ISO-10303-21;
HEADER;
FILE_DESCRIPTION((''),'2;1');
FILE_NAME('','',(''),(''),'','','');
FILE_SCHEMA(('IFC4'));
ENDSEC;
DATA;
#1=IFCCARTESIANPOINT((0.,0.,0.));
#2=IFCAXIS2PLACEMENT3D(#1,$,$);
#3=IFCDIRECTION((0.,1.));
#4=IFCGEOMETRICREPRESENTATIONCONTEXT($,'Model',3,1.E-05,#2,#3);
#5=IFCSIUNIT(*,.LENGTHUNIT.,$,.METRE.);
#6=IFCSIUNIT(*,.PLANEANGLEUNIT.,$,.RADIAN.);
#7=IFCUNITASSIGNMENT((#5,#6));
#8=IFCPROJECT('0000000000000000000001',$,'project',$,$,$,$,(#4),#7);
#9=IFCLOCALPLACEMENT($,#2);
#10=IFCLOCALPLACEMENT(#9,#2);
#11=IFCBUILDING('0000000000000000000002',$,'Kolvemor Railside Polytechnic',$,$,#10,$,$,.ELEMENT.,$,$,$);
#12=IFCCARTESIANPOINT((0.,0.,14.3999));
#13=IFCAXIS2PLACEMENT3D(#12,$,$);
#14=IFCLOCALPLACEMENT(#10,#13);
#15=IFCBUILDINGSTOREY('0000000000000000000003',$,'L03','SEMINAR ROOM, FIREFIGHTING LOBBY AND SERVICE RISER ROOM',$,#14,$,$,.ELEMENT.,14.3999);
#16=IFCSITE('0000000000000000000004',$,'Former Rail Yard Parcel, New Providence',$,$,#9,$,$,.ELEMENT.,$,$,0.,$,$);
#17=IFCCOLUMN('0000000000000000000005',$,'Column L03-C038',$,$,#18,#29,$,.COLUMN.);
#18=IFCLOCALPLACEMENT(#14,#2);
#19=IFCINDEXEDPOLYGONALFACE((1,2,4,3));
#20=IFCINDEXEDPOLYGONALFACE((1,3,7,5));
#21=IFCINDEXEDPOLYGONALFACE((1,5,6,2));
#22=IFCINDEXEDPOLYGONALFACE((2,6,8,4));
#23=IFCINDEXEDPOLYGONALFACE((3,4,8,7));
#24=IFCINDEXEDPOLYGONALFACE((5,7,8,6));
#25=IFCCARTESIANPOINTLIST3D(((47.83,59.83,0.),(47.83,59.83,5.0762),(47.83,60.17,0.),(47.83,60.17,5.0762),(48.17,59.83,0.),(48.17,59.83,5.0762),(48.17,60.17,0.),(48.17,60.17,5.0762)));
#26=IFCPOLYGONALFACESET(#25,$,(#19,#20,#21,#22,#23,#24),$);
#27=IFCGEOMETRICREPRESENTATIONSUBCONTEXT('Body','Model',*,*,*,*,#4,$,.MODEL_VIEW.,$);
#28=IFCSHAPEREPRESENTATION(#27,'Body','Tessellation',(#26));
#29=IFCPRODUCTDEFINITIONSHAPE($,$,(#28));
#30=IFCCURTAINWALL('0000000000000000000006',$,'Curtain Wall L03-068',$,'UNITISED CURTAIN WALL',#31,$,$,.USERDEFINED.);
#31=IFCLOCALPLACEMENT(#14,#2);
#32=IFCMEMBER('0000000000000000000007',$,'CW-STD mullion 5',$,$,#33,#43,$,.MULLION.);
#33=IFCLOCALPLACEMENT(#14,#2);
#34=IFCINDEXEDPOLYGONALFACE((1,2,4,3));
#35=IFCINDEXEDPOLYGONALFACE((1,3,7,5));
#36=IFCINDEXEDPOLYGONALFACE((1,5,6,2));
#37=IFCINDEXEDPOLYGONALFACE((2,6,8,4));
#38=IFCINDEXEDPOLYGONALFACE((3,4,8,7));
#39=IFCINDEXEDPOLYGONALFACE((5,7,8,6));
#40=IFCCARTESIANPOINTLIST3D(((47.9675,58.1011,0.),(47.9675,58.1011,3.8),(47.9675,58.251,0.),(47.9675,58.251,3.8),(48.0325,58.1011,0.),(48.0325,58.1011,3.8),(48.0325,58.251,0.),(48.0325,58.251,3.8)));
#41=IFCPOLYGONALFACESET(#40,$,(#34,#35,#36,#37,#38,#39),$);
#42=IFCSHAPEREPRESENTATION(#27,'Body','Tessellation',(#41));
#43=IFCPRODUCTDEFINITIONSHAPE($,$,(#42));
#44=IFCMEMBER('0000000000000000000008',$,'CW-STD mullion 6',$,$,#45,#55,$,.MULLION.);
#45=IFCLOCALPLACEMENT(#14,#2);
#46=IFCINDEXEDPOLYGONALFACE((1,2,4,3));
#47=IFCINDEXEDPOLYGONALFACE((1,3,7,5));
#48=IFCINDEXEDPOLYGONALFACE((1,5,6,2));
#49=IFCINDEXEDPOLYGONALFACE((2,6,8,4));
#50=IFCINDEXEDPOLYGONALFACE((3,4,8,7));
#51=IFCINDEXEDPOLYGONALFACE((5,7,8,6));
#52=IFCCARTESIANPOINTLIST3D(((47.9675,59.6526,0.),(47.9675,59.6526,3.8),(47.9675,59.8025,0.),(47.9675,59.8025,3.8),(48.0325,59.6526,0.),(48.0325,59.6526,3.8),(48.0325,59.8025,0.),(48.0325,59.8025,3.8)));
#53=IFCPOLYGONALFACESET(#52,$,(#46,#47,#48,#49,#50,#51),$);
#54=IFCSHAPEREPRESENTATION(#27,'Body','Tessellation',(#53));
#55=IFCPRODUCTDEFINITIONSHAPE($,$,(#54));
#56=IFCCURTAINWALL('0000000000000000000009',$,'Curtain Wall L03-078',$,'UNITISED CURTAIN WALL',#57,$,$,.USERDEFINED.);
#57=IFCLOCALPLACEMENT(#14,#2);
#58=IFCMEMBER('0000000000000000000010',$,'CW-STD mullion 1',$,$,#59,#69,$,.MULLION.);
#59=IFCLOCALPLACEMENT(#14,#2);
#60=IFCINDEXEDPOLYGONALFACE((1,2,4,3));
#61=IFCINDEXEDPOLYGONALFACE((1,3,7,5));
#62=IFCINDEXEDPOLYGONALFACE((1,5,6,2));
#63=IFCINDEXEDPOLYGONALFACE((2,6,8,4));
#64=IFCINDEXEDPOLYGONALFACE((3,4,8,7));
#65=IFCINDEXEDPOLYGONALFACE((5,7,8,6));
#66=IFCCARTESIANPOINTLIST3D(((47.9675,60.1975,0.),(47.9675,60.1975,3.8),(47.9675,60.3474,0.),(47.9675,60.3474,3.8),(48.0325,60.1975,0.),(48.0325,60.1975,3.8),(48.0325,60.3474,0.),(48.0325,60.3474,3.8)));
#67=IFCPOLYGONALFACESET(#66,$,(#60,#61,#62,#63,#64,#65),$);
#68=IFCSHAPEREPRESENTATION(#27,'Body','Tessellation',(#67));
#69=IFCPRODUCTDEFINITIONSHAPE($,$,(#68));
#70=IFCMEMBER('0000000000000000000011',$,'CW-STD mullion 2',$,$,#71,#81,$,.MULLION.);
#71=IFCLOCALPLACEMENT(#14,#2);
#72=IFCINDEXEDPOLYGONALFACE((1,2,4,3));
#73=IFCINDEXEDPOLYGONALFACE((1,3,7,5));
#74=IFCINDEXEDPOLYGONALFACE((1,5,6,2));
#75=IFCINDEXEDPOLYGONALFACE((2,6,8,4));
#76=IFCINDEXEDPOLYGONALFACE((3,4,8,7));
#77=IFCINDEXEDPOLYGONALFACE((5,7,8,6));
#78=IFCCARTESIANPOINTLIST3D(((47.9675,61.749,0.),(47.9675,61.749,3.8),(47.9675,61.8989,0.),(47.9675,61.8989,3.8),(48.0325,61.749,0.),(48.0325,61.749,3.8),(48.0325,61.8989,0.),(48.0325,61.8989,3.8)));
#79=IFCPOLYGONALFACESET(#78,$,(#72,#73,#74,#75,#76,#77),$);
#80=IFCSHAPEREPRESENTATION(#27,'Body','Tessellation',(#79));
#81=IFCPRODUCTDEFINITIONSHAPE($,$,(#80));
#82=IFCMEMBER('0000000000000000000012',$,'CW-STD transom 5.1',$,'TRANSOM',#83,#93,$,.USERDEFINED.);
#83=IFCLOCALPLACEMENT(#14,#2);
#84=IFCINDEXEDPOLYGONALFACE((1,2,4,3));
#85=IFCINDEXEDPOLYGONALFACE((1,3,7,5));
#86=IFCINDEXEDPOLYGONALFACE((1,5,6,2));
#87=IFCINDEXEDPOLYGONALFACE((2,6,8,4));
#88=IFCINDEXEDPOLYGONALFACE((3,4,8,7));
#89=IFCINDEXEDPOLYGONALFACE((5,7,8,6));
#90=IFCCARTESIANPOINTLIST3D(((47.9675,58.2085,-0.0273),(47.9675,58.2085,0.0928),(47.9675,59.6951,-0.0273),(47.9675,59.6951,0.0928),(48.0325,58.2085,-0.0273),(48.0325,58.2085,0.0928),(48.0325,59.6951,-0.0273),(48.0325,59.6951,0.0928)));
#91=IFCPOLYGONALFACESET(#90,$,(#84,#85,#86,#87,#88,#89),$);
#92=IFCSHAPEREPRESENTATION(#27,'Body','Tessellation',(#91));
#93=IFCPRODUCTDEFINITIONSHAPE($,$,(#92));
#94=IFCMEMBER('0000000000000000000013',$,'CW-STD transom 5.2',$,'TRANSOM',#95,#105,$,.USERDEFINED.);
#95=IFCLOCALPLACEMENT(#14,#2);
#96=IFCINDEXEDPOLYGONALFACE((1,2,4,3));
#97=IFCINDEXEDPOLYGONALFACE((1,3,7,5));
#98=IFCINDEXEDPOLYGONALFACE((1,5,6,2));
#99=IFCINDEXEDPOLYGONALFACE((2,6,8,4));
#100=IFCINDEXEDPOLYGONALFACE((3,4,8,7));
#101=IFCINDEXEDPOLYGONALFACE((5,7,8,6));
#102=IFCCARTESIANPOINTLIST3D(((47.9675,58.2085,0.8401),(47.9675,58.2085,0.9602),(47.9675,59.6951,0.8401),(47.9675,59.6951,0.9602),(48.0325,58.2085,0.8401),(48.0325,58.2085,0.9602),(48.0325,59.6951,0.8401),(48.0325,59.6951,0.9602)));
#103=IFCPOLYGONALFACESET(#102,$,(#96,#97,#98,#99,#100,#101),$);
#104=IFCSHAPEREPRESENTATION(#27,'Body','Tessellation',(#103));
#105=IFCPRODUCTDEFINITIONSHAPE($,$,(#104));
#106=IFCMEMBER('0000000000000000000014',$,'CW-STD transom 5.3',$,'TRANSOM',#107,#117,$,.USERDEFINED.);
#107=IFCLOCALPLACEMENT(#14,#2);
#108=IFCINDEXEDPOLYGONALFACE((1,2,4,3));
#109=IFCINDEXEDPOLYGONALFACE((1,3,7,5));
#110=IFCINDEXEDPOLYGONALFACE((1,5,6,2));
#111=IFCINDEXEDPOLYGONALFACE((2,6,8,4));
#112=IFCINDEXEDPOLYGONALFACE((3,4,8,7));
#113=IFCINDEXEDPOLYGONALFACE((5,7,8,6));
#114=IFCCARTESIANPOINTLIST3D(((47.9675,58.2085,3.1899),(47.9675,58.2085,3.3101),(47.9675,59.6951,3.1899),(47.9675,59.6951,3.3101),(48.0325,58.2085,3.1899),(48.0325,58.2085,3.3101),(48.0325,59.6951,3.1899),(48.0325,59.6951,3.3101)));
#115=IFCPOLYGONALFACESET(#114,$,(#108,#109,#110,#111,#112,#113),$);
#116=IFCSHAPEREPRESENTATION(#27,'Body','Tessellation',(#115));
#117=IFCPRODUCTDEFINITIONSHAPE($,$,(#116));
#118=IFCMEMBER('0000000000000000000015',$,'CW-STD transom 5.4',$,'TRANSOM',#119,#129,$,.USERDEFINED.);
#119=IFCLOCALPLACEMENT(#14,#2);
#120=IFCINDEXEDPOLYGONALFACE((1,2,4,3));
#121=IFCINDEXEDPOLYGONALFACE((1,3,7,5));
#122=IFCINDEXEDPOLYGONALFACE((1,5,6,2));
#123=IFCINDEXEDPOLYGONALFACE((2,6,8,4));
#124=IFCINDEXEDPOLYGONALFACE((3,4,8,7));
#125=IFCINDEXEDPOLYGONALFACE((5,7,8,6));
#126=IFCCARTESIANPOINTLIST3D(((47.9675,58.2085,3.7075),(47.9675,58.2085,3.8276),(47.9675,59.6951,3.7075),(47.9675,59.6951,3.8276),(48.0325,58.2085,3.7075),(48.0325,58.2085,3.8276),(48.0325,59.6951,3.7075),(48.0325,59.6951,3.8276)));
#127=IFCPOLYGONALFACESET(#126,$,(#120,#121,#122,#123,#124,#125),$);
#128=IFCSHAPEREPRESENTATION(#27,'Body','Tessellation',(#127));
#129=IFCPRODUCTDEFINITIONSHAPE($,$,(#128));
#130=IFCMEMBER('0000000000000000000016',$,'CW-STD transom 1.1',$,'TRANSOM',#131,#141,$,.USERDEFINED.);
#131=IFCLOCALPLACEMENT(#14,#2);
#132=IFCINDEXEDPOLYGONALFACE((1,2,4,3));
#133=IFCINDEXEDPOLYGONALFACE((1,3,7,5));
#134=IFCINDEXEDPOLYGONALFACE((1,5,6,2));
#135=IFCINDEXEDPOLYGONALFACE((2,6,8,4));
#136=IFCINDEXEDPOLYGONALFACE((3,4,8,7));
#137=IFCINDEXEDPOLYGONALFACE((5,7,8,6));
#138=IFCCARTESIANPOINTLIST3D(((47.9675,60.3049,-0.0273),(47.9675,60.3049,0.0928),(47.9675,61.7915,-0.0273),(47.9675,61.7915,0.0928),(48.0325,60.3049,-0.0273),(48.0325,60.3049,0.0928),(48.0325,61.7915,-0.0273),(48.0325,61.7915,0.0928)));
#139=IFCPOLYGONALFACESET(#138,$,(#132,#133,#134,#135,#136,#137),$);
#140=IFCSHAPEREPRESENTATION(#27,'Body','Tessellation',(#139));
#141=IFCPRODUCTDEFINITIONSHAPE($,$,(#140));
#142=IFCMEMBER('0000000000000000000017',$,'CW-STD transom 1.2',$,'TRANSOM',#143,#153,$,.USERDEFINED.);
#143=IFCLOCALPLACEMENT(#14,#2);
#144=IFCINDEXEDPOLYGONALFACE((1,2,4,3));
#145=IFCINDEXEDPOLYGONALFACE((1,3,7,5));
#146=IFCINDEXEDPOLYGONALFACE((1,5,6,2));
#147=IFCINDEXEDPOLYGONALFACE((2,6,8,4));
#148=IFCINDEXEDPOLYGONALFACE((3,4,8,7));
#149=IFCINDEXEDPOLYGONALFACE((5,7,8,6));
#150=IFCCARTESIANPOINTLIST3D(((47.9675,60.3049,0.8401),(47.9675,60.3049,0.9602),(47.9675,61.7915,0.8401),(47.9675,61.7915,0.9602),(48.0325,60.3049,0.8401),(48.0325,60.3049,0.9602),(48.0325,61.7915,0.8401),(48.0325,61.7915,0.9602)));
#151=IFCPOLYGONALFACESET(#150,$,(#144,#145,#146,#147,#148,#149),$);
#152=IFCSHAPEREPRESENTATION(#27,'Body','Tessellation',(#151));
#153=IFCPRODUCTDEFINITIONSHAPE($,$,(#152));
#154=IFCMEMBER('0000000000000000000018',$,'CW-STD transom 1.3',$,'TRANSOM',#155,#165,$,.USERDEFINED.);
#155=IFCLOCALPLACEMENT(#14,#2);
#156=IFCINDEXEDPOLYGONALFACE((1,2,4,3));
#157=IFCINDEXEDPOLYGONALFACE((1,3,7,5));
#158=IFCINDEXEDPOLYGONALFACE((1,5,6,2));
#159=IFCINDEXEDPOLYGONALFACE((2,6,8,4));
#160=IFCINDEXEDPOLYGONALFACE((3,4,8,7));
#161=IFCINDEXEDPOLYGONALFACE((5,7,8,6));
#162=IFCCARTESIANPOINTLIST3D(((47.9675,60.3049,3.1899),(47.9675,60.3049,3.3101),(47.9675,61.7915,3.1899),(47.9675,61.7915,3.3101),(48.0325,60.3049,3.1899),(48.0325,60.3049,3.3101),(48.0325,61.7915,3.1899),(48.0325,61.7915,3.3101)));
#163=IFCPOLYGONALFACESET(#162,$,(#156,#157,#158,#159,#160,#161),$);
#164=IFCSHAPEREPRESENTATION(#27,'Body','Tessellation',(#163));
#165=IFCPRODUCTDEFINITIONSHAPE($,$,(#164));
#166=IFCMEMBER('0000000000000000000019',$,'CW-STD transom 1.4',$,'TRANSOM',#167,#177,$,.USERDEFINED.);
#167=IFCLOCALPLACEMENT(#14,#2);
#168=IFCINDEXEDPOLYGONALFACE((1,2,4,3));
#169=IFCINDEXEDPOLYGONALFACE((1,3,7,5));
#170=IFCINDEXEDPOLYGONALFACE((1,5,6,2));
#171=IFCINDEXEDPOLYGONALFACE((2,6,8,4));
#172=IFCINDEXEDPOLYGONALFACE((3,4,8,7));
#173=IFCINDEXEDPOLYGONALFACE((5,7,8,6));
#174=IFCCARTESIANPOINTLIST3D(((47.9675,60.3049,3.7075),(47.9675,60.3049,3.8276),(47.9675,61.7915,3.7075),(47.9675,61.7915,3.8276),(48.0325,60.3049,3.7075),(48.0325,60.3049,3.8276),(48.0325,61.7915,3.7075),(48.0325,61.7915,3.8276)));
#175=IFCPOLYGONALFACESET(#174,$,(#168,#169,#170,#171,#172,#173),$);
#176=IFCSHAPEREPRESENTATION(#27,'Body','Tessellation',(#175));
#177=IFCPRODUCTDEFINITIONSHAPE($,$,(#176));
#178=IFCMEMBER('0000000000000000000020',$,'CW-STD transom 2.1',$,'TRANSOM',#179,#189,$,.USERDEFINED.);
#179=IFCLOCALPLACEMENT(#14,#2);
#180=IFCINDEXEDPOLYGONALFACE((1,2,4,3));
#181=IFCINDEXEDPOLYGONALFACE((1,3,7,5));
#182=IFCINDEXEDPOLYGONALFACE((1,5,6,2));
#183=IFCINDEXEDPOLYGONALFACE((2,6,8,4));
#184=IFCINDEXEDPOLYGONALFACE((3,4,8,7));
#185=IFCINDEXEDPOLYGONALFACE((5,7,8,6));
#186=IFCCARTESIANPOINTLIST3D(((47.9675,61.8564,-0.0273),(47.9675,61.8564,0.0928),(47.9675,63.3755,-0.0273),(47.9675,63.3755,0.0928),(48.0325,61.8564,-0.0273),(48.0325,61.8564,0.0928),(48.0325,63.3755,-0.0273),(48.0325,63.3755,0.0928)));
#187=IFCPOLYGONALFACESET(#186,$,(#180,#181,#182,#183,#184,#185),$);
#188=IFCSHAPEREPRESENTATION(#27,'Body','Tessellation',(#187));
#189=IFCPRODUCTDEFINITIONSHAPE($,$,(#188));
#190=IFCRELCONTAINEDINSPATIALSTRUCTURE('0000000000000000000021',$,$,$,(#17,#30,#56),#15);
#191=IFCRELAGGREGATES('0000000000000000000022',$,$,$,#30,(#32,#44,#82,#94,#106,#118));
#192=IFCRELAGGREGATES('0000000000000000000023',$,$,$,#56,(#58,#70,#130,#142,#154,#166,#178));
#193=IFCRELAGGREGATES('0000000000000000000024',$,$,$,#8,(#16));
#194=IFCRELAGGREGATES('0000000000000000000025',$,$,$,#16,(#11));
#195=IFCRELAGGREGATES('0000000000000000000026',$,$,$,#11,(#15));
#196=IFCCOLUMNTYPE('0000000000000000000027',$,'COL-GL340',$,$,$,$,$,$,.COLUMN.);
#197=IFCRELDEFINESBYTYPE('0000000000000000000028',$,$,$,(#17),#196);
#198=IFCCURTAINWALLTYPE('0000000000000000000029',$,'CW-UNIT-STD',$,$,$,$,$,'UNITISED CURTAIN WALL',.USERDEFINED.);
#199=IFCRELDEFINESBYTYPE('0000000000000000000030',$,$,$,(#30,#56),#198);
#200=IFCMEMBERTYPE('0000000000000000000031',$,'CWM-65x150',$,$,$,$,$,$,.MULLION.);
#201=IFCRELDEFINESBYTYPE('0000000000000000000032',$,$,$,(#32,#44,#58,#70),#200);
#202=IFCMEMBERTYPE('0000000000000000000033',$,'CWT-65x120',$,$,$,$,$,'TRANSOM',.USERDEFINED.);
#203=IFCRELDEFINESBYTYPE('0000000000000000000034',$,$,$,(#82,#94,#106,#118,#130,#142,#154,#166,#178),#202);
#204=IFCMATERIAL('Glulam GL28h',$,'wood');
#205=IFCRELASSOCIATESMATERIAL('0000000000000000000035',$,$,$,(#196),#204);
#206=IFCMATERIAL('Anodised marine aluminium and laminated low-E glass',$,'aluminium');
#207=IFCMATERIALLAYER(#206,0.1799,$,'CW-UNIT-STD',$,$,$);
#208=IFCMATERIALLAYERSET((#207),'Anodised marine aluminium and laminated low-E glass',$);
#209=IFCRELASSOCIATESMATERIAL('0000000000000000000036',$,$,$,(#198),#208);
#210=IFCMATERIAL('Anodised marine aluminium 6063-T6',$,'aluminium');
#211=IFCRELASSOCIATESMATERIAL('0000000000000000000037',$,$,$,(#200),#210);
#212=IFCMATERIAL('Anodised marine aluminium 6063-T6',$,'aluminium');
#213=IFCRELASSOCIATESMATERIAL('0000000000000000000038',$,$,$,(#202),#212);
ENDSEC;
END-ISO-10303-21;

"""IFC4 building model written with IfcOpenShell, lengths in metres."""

from ifc_helpers import new_model, si_unit, direction, frame, origin, origin_2d, place, context, subcontext, project, spatial, rectangle, extrude, material, layer, layer_set, material_profile, profile_set, type_object, element, aggregate, save


model = new_model("IFC4")

# Units and contexts
model_context = context("Model", 3, precision=1e-05, world=origin(), true_north=direction((0.0, 1.0)))
body_context = subcontext(model_context, "Body", "Model", "MODEL_VIEW")
ifc_project = project(units=[si_unit("LENGTHUNIT", "METRE"), si_unit("PLANEANGLEUNIT", "RADIAN")], contexts=[model_context])

# Site, building, storey
site_placement = place(None, origin())
site = spatial("IfcSite", under=ifc_project, at=site_placement, Name="Former Rail Yard Parcel, New Providence", CompositionType="ELEMENT", RefElevation=0.0)
building_placement = place(site_placement, origin())
building = spatial("IfcBuilding", under=site, at=building_placement, Name="Kolvemor Railside Polytechnic", CompositionType="ELEMENT")
storey_placement = place(building_placement, frame((0.0, 0.0, 14.3999)))
storey = spatial("IfcBuildingStorey", under=building, at=storey_placement, Name="L03", Description="SEMINAR ROOM, FIREFIGHTING LOBBY AND SERVICE RISER ROOM", CompositionType="ELEMENT", Elevation=14.3999)

# Column
ifc_material_1 = material(Name="Glulam GL28h", Category="wood")
ifc_material_profile_1 = material_profile(ifc_material_1, rectangle(XDim=0.3401, YDim=0.3401, at=origin_2d()), Name="GL340x340")
ifc_profile_set_1 = profile_set([ifc_material_profile_1], Name="Glulam GL28h")
column_type = type_object("IfcColumnType", Name="COL-GL340", PredefinedType="COLUMN", material=ifc_profile_set_1)
column_placement = place(storey_placement, frame((48.0, 60.0, 0.0), z_axis=(0.0, 0.0, 1.0), x_axis=(1.0, 0.0, 0.0)))
element("IfcColumn", 1, at=column_placement, inside=storey, type_object=column_type, Name="Column L03-C038", PredefinedType="COLUMN", context=body_context, shape_type="SweptSolid", body=[
    extrude(rectangle(XDim=0.3401, YDim=0.3401, at=origin_2d()), origin(), (0.0, 0.0, 1.0), 5.0762),
])

# Curtain walls, members
ifc_material_2 = material(Name="Anodised marine aluminium and laminated low-E glass", Category="aluminium")
ifc_layer_1 = layer(ifc_material_2, 0.1799, Name="CW-UNIT-STD")
ifc_layer_set_1 = layer_set([ifc_layer_1], Name="Anodised marine aluminium and laminated low-E glass")
curtain_wall_type = type_object("IfcCurtainWallType", Name="CW-UNIT-STD", ElementType="UNITISED CURTAIN WALL", PredefinedType="USERDEFINED", material=ifc_layer_set_1)
curtain_wall_1_placement = place(storey_placement, origin())
curtain_wall_1 = element("IfcCurtainWall", 2, at=curtain_wall_1_placement, inside=storey, type_object=curtain_wall_type, Name="Curtain Wall L03-068", ObjectType="UNITISED CURTAIN WALL", PredefinedType="USERDEFINED")
ifc_material_3 = material(Name="Anodised marine aluminium 6063-T6", Category="aluminium")
ifc_material_profile_2 = material_profile(ifc_material_3, rectangle(XDim=0.0649, YDim=0.1499, at=origin_2d()), Name="CW-MUL-65x150")
ifc_profile_set_2 = profile_set([ifc_material_profile_2], Name="Anodised marine aluminium 6063-T6")
member_type_1 = type_object("IfcMemberType", Name="CWM-65x150", PredefinedType="MULLION", material=ifc_profile_set_2)
member_1_placement = place(storey_placement, frame((48.0, 58.176, 0.0), z_axis=(0.0, 0.0, 1.0), x_axis=(-1.0, 0.0, 0.0)))
member_1 = element("IfcMember", 3, at=member_1_placement, type_object=member_type_1, Name="CW-STD mullion 5", PredefinedType="MULLION", context=body_context, shape_type="SweptSolid", body=[
    extrude(rectangle(XDim=0.0649, YDim=0.1499, at=origin_2d()), origin(), (0.0, 0.0, 1.0), 3.8),
])
member_2_placement = place(storey_placement, frame((48.0, 59.7275, 0.0), z_axis=(0.0, 0.0, 1.0), x_axis=(-1.0, 0.0, 0.0)))
member_2 = element("IfcMember", 4, at=member_2_placement, type_object=member_type_1, Name="CW-STD mullion 6", PredefinedType="MULLION", context=body_context, shape_type="SweptSolid", body=[
    extrude(rectangle(XDim=0.0649, YDim=0.1499, at=origin_2d()), origin(), (0.0, 0.0, 1.0), 3.8),
])
curtain_wall_2_placement = place(storey_placement, origin())
curtain_wall_2 = element("IfcCurtainWall", 5, at=curtain_wall_2_placement, inside=storey, type_object=curtain_wall_type, Name="Curtain Wall L03-078", ObjectType="UNITISED CURTAIN WALL", PredefinedType="USERDEFINED")
member_3_placement = place(storey_placement, frame((48.0, 60.2725, 0.0), z_axis=(0.0, 0.0, 1.0), x_axis=(-1.0, 0.0, 0.0)))
member_3 = element("IfcMember", 6, at=member_3_placement, type_object=member_type_1, Name="CW-STD mullion 1", PredefinedType="MULLION", context=body_context, shape_type="SweptSolid", body=[
    extrude(rectangle(XDim=0.0649, YDim=0.1499, at=origin_2d()), origin(), (0.0, 0.0, 1.0), 3.8),
])
member_4_placement = place(storey_placement, frame((48.0, 61.824, 0.0), z_axis=(0.0, 0.0, 1.0), x_axis=(-1.0, 0.0, 0.0)))
member_4 = element("IfcMember", 7, at=member_4_placement, type_object=member_type_1, Name="CW-STD mullion 2", PredefinedType="MULLION", context=body_context, shape_type="SweptSolid", body=[
    extrude(rectangle(XDim=0.0649, YDim=0.1499, at=origin_2d()), origin(), (0.0, 0.0, 1.0), 3.8),
])

# Members
ifc_material_4 = material(Name="Anodised marine aluminium 6063-T6", Category="aluminium")
ifc_material_profile_3 = material_profile(ifc_material_4, rectangle(XDim=0.0649, YDim=0.1201, at=origin_2d()), Name="CW-TRN-65x120")
ifc_profile_set_3 = profile_set([ifc_material_profile_3], Name="Anodised marine aluminium 6063-T6")
member_type_2 = type_object("IfcMemberType", Name="CWT-65x120", ElementType="TRANSOM", PredefinedType="USERDEFINED", material=ifc_profile_set_3)
member_5_placement = place(storey_placement, frame((48.0, 58.2085, 0.0327), z_axis=(0.0, 1.0, 0.0), x_axis=(-1.0, 0.0, 0.0)))
member_5 = element("IfcMember", 8, at=member_5_placement, type_object=member_type_2, Name="CW-STD transom 5.1", ObjectType="TRANSOM", PredefinedType="USERDEFINED", context=body_context, shape_type="SweptSolid", body=[
    extrude(rectangle(XDim=0.0649, YDim=0.1201, at=origin_2d()), origin(), (0.0, 0.0, 1.0), 1.4866),
])
member_6_placement = place(storey_placement, frame((48.0, 58.2085, 0.9001), z_axis=(0.0, 1.0, 0.0), x_axis=(-1.0, 0.0, 0.0)))
member_6 = element("IfcMember", 9, at=member_6_placement, type_object=member_type_2, Name="CW-STD transom 5.2", ObjectType="TRANSOM", PredefinedType="USERDEFINED", context=body_context, shape_type="SweptSolid", body=[
    extrude(rectangle(XDim=0.0649, YDim=0.1201, at=origin_2d()), origin(), (0.0, 0.0, 1.0), 1.4866),
])
member_7_placement = place(storey_placement, frame((48.0, 58.2085, 3.25), z_axis=(0.0, 1.0, 0.0), x_axis=(-1.0, 0.0, 0.0)))
member_7 = element("IfcMember", 10, at=member_7_placement, type_object=member_type_2, Name="CW-STD transom 5.3", ObjectType="TRANSOM", PredefinedType="USERDEFINED", context=body_context, shape_type="SweptSolid", body=[
    extrude(rectangle(XDim=0.0649, YDim=0.1201, at=origin_2d()), origin(), (0.0, 0.0, 1.0), 1.4866),
])
member_8_placement = place(storey_placement, frame((48.0, 58.2085, 3.7676), z_axis=(0.0, 1.0, 0.0), x_axis=(-1.0, 0.0, 0.0)))
member_8 = element("IfcMember", 11, at=member_8_placement, type_object=member_type_2, Name="CW-STD transom 5.4", ObjectType="TRANSOM", PredefinedType="USERDEFINED", context=body_context, shape_type="SweptSolid", body=[
    extrude(rectangle(XDim=0.0649, YDim=0.1201, at=origin_2d()), origin(), (0.0, 0.0, 1.0), 1.4866),
])
member_9_placement = place(storey_placement, frame((48.0, 60.3049, 0.0327), z_axis=(0.0, 1.0, 0.0), x_axis=(-1.0, 0.0, 0.0)))
member_9 = element("IfcMember", 12, at=member_9_placement, type_object=member_type_2, Name="CW-STD transom 1.1", ObjectType="TRANSOM", PredefinedType="USERDEFINED", context=body_context, shape_type="SweptSolid", body=[
    extrude(rectangle(XDim=0.0649, YDim=0.1201, at=origin_2d()), origin(), (0.0, 0.0, 1.0), 1.4866),
])
member_10_placement = place(storey_placement, frame((48.0, 60.3049, 0.9001), z_axis=(0.0, 1.0, 0.0), x_axis=(-1.0, 0.0, 0.0)))
member_10 = element("IfcMember", 13, at=member_10_placement, type_object=member_type_2, Name="CW-STD transom 1.2", ObjectType="TRANSOM", PredefinedType="USERDEFINED", context=body_context, shape_type="SweptSolid", body=[
    extrude(rectangle(XDim=0.0649, YDim=0.1201, at=origin_2d()), origin(), (0.0, 0.0, 1.0), 1.4866),
])
member_11_placement = place(storey_placement, frame((48.0, 60.3049, 3.25), z_axis=(0.0, 1.0, 0.0), x_axis=(-1.0, 0.0, 0.0)))
member_11 = element("IfcMember", 14, at=member_11_placement, type_object=member_type_2, Name="CW-STD transom 1.3", ObjectType="TRANSOM", PredefinedType="USERDEFINED", context=body_context, shape_type="SweptSolid", body=[
    extrude(rectangle(XDim=0.0649, YDim=0.1201, at=origin_2d()), origin(), (0.0, 0.0, 1.0), 1.4866),
])
member_12_placement = place(storey_placement, frame((48.0, 60.3049, 3.7676), z_axis=(0.0, 1.0, 0.0), x_axis=(-1.0, 0.0, 0.0)))
member_12 = element("IfcMember", 15, at=member_12_placement, type_object=member_type_2, Name="CW-STD transom 1.4", ObjectType="TRANSOM", PredefinedType="USERDEFINED", context=body_context, shape_type="SweptSolid", body=[
    extrude(rectangle(XDim=0.0649, YDim=0.1201, at=origin_2d()), origin(), (0.0, 0.0, 1.0), 1.4866),
])
member_13_placement = place(storey_placement, frame((48.0, 61.8564, 0.0327), z_axis=(0.0, 1.0, 0.0), x_axis=(-1.0, 0.0, 0.0)))
member_13 = element("IfcMember", 16, at=member_13_placement, type_object=member_type_2, Name="CW-STD transom 2.1", ObjectType="TRANSOM", PredefinedType="USERDEFINED", context=body_context, shape_type="SweptSolid", body=[
    extrude(rectangle(XDim=0.0649, YDim=0.1201, at=origin_2d()), origin(), (0.0, 0.0, 1.0), 1.519),
])

aggregate(curtain_wall_1, [member_1, member_2, member_5, member_6, member_7, member_8])
aggregate(curtain_wall_2, [member_3, member_4, member_9, member_10, member_11, member_12, member_13])

save(model, "model.ifc")
